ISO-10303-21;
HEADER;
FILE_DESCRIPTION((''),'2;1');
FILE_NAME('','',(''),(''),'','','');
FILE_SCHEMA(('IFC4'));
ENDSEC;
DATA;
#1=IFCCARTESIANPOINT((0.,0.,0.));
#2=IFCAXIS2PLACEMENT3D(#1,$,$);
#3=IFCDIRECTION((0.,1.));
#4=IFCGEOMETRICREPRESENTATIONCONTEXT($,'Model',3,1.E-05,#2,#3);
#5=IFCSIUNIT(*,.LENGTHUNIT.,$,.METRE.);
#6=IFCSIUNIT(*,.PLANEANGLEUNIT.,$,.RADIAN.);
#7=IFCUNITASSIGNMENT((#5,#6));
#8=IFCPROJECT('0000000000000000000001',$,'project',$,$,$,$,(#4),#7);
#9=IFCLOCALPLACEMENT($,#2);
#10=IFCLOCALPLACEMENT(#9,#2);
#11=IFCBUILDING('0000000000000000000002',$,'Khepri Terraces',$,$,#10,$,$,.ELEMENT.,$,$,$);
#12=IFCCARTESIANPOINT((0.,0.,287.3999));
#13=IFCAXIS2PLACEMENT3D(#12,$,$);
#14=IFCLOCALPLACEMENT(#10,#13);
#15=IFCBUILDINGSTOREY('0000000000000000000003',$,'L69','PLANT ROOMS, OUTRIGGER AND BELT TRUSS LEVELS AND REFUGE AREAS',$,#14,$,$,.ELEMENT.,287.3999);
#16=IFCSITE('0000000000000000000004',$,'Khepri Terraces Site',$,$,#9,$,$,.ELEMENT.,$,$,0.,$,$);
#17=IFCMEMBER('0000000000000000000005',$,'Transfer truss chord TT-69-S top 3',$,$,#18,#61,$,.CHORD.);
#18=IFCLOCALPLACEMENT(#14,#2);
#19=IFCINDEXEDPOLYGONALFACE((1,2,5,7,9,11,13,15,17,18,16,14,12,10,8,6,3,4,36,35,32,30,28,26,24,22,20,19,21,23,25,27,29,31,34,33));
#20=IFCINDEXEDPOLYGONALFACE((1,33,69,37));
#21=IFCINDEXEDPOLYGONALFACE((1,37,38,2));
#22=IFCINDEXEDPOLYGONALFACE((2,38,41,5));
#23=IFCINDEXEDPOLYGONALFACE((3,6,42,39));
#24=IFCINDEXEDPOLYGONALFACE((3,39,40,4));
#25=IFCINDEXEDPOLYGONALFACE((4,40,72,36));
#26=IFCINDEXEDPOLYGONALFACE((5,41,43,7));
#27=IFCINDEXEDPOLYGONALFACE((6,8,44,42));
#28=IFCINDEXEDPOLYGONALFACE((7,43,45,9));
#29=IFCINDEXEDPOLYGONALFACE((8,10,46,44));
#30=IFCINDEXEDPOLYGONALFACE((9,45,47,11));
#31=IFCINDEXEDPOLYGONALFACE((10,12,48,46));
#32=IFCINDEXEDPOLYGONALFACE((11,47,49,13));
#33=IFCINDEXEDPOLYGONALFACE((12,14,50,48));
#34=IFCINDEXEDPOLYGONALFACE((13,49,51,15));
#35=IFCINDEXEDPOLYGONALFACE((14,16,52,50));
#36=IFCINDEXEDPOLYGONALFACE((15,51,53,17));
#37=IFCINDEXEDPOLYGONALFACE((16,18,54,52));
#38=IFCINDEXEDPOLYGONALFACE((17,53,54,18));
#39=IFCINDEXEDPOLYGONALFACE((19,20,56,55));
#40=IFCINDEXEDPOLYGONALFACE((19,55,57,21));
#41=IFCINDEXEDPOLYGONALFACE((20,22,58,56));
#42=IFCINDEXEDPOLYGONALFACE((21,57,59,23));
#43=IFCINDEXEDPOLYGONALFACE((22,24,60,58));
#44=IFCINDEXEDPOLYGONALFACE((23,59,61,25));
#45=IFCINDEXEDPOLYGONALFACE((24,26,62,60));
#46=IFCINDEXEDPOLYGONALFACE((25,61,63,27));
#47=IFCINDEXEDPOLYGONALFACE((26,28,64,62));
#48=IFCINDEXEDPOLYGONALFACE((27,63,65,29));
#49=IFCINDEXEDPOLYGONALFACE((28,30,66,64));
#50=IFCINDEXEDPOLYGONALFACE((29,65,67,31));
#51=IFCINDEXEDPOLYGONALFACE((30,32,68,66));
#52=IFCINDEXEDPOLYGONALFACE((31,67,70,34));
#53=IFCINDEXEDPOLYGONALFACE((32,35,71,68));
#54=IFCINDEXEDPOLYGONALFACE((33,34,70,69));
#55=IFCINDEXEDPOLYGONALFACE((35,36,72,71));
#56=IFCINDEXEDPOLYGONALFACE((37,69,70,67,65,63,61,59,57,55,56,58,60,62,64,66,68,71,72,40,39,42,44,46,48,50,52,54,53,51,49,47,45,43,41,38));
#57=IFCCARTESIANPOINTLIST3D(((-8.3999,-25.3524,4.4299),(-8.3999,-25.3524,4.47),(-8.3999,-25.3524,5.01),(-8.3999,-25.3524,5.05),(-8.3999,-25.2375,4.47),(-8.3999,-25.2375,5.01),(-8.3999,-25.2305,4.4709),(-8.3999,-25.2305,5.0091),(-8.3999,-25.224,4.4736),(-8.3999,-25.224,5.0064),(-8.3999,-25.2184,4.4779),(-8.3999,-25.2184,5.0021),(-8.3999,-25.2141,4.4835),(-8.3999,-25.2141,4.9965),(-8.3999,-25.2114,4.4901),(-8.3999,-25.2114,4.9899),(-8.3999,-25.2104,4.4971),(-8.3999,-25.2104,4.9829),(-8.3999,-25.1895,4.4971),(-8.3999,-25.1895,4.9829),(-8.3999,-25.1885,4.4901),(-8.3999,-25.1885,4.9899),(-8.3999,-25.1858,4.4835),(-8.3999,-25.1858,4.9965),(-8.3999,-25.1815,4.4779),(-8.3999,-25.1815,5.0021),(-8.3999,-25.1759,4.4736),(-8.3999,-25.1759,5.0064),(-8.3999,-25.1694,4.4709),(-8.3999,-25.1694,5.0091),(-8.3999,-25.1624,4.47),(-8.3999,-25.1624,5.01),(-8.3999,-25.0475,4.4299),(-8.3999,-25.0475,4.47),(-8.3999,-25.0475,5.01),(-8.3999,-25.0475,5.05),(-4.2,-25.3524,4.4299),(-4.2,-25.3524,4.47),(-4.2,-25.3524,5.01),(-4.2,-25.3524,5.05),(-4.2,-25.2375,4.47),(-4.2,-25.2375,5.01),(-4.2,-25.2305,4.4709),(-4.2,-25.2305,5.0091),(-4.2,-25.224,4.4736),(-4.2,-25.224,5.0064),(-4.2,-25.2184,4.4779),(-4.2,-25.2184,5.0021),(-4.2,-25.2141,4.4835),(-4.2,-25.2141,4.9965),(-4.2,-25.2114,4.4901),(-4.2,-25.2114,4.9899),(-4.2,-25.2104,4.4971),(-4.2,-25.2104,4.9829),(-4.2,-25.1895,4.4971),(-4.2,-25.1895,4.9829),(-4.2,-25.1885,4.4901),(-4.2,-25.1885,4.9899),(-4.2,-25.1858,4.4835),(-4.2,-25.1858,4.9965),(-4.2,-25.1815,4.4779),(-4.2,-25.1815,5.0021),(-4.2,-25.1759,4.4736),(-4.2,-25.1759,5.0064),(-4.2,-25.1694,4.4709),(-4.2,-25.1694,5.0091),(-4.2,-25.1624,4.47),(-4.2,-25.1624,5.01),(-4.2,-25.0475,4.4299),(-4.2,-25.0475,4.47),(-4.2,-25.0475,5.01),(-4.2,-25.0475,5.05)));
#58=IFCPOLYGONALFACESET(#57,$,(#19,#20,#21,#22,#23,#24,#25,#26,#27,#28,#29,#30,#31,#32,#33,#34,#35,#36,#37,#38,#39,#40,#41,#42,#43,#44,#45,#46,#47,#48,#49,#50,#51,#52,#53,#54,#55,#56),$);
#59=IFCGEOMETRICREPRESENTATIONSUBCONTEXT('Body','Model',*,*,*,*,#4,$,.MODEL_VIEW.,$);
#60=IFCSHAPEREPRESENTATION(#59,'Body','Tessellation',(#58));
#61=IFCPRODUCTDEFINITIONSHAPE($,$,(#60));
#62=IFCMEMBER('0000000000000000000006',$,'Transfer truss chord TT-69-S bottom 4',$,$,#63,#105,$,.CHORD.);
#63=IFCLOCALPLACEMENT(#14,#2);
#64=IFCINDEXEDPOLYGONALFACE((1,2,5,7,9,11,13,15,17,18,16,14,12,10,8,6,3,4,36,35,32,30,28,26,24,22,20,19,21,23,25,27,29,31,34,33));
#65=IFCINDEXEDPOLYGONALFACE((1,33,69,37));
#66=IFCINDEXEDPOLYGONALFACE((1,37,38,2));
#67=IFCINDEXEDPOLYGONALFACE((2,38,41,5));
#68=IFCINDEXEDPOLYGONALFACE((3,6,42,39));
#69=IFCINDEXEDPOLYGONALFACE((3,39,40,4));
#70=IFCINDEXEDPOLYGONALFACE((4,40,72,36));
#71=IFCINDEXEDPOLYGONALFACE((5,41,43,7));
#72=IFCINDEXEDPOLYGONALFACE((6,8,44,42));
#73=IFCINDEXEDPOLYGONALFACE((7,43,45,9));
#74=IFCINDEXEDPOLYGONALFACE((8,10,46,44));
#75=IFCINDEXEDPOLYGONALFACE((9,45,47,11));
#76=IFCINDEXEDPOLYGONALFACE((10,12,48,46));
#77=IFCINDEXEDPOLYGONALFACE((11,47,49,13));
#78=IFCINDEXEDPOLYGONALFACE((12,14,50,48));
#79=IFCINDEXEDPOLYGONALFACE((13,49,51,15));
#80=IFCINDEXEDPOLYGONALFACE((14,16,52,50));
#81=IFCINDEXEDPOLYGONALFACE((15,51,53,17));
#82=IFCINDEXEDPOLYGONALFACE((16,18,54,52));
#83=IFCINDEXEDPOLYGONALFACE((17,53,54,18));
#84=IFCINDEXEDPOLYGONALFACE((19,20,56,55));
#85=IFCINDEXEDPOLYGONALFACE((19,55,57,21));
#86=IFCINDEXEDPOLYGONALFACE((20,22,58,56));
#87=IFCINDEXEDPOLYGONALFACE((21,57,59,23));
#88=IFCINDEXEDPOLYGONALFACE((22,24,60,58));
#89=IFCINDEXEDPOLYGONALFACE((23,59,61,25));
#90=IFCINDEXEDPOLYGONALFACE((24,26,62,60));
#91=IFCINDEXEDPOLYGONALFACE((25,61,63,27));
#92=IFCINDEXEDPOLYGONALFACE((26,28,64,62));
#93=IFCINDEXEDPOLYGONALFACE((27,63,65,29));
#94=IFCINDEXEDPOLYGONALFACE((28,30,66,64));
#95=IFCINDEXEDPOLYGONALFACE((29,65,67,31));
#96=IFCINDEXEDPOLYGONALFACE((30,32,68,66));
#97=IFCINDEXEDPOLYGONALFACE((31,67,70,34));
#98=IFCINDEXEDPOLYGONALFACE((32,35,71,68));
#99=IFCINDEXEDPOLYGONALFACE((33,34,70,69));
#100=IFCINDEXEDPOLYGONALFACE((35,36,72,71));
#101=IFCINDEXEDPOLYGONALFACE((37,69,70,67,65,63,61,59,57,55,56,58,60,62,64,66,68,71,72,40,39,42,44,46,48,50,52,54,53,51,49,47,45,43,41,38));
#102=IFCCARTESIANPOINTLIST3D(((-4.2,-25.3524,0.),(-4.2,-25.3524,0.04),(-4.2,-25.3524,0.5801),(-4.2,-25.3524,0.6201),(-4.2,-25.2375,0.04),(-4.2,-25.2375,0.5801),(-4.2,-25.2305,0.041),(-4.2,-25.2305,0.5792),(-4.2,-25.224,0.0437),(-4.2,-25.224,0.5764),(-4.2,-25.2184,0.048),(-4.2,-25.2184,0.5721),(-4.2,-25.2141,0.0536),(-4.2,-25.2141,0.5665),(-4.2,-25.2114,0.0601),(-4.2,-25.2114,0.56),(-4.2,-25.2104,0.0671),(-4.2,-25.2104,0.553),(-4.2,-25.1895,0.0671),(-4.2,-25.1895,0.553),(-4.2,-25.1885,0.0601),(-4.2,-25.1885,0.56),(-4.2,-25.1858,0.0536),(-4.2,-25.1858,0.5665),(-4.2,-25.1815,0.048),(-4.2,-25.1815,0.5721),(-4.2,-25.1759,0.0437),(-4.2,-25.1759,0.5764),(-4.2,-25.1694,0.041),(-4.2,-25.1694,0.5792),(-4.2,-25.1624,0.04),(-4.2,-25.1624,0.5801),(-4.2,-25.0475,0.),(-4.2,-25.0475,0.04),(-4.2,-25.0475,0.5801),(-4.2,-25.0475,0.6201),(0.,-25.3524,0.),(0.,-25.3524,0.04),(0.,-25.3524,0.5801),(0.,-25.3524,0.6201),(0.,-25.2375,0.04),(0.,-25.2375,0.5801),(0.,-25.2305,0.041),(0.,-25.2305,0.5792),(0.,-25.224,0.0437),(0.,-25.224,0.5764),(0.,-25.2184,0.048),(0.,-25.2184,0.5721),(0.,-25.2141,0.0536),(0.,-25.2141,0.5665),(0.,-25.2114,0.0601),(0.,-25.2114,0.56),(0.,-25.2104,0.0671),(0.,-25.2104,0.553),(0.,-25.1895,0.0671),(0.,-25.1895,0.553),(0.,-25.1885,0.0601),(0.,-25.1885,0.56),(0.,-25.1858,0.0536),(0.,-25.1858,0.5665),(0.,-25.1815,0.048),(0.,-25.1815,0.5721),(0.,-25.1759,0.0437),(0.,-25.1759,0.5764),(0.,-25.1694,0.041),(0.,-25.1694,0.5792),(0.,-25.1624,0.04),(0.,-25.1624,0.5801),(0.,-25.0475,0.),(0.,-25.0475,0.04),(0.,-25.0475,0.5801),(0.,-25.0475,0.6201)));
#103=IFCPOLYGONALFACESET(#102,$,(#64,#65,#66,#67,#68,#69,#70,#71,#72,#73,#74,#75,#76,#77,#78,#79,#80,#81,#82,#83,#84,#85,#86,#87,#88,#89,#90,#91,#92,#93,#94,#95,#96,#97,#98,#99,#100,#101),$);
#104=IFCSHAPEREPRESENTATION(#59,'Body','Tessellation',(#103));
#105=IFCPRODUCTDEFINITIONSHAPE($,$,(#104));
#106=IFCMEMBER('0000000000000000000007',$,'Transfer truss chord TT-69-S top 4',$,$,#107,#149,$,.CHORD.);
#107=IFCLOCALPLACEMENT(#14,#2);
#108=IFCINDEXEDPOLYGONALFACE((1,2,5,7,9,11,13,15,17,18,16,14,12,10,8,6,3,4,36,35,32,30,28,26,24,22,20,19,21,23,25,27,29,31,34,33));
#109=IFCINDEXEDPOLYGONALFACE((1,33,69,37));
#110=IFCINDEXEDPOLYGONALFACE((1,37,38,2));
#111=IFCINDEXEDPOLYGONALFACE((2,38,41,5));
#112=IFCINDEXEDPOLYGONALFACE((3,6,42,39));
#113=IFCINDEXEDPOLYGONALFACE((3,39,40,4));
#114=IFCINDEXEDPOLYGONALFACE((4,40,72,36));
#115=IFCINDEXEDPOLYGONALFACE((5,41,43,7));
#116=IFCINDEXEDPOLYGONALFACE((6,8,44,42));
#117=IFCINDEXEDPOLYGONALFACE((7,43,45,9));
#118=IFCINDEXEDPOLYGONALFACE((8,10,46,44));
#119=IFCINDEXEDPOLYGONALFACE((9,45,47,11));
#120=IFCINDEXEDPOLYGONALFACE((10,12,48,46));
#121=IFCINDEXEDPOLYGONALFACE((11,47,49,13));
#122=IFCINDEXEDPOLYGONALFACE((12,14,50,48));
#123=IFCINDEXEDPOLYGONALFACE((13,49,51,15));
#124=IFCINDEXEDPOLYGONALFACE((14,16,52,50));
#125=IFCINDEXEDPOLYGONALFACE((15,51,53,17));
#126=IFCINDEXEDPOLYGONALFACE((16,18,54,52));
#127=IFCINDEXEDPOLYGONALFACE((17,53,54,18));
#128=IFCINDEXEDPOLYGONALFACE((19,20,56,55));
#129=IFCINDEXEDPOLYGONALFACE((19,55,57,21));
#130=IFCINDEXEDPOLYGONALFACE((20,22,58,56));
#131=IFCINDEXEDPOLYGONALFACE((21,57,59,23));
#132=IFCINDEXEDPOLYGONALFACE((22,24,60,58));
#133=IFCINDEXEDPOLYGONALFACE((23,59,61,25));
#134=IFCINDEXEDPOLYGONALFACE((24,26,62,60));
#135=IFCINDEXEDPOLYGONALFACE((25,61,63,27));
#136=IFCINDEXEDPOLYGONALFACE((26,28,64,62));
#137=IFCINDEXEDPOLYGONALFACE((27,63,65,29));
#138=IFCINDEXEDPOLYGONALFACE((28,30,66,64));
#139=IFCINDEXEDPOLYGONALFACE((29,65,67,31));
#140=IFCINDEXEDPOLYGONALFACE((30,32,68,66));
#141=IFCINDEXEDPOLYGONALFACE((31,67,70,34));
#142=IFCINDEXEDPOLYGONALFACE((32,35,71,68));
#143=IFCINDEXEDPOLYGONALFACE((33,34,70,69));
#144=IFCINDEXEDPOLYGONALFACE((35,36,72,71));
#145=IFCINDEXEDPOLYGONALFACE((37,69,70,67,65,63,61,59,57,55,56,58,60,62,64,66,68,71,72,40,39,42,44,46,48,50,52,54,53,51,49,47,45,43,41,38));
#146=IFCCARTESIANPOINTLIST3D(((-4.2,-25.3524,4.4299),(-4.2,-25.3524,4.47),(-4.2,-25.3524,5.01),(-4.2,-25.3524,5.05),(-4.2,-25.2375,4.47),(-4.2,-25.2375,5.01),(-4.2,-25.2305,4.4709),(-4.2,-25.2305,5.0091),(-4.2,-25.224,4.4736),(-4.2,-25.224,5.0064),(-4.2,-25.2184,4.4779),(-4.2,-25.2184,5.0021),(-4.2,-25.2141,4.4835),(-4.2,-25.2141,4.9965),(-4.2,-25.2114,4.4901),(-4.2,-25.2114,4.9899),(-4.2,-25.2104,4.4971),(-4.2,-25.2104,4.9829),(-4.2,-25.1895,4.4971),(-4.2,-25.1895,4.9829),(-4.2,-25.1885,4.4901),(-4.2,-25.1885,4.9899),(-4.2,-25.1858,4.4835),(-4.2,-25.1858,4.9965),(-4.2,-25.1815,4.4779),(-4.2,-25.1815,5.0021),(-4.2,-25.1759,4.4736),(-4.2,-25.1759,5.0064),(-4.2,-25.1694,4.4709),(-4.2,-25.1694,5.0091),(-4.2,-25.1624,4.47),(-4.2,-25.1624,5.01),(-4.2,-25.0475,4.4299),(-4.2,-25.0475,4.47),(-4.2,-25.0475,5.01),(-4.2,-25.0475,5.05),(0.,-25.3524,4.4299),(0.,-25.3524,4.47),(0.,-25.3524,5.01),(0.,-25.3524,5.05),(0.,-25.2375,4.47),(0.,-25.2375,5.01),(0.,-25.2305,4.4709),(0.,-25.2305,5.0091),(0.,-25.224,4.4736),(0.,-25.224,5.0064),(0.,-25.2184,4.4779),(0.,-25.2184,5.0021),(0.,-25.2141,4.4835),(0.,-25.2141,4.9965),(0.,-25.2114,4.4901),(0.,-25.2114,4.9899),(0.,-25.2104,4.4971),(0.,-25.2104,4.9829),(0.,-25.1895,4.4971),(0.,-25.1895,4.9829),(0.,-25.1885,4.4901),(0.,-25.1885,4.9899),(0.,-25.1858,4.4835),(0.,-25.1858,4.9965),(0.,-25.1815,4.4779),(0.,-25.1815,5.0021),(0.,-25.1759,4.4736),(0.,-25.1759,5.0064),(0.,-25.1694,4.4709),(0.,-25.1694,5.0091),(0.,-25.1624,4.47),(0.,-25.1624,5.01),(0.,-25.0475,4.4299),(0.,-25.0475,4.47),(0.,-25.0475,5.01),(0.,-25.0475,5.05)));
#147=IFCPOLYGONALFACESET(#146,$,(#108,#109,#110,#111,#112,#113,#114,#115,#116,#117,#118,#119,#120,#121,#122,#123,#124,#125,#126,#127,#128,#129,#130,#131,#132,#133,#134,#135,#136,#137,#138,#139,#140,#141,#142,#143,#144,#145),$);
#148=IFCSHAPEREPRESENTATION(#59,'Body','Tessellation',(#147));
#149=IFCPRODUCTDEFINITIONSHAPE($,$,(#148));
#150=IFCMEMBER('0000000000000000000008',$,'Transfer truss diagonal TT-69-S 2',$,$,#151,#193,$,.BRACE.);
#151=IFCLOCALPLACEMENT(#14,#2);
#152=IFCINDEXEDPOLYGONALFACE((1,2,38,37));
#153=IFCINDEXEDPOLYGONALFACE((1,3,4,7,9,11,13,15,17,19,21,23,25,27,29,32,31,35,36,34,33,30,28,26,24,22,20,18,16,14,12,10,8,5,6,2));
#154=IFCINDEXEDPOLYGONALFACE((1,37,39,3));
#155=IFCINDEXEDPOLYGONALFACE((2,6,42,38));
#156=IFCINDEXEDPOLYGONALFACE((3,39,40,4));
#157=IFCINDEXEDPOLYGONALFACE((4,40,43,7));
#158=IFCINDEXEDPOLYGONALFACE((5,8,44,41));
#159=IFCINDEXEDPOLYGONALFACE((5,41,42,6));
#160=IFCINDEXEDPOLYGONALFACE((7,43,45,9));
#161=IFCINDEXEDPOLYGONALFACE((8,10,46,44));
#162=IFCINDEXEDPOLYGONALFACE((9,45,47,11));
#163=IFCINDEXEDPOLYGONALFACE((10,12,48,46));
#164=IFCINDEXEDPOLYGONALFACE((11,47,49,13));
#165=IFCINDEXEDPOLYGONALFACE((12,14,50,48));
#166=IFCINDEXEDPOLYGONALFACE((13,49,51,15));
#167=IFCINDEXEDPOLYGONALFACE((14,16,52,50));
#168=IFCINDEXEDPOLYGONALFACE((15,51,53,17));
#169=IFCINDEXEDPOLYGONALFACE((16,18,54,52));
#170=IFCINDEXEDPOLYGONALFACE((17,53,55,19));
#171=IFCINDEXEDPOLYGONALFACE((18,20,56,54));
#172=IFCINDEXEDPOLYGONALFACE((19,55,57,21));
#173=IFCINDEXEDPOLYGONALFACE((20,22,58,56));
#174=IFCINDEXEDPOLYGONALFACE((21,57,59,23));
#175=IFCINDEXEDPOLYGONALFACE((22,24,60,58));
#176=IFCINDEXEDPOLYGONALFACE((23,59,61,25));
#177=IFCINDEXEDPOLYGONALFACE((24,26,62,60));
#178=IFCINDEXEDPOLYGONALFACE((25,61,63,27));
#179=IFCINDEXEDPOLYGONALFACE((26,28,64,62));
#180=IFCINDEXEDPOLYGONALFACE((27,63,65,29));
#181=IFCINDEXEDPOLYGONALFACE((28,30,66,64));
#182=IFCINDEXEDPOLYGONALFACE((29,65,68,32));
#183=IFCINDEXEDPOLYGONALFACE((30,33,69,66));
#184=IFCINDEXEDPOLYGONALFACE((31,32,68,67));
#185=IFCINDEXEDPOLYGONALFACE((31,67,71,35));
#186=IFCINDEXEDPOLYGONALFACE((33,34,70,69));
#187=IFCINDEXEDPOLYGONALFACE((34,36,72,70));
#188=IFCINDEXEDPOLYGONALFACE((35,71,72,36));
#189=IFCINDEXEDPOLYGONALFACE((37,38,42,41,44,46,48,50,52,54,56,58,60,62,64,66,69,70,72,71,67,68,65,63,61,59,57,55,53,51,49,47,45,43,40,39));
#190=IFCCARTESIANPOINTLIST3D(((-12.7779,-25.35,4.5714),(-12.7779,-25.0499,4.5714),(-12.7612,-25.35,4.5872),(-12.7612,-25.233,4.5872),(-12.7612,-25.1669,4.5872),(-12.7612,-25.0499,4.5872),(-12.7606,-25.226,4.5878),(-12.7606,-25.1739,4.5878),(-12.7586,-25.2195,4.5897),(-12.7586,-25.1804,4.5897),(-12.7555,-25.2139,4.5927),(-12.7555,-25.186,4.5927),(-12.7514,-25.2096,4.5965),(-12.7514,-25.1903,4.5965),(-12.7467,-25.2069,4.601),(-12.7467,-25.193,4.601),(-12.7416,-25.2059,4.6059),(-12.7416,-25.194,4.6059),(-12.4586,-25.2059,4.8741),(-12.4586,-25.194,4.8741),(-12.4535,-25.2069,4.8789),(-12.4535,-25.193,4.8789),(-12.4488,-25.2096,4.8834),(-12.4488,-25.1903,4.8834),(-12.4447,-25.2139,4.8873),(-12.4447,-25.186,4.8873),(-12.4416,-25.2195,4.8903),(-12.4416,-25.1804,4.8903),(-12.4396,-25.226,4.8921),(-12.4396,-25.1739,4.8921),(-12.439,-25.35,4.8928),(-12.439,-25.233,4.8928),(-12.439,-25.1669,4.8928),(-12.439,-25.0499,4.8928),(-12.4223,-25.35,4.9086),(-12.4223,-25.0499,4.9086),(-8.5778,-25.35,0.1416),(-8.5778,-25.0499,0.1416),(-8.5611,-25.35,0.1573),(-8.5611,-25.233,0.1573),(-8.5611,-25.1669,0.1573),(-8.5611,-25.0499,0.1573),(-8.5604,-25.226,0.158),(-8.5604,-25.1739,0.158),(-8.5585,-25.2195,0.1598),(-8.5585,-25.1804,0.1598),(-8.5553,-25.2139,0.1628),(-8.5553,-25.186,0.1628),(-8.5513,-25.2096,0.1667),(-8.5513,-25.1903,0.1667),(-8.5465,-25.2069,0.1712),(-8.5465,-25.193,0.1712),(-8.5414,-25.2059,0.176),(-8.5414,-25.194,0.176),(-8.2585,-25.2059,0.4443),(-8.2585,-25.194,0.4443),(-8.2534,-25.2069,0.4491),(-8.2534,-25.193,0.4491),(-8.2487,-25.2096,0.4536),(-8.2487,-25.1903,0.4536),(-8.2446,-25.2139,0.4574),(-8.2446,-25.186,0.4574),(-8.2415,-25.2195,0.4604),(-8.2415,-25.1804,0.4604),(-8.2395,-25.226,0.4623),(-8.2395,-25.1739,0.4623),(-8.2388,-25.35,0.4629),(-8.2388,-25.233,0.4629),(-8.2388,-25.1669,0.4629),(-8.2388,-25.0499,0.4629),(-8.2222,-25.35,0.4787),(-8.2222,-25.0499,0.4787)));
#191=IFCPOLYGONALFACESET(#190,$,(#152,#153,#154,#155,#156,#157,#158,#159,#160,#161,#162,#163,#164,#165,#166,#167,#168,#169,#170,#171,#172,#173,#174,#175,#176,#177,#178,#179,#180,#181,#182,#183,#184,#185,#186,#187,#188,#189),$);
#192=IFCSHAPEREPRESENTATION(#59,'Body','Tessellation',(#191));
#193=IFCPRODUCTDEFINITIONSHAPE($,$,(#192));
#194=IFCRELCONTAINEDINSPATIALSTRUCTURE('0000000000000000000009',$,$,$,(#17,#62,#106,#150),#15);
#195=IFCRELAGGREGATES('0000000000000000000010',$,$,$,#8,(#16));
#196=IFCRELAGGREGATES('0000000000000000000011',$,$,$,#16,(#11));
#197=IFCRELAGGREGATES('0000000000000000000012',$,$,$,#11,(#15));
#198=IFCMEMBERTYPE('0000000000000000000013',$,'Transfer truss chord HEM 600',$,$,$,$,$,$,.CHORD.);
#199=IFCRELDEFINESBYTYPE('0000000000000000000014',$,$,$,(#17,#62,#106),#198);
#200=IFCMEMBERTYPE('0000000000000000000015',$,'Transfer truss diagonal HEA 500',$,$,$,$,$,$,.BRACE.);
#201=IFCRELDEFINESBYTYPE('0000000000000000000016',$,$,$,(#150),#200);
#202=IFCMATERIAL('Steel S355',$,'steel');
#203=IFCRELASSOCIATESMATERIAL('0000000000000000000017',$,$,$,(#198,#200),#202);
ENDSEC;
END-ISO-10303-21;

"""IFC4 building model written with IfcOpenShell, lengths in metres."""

from ifc_helpers import new_model, si_unit, direction, frame, origin, origin_2d, place, context, subcontext, project, spatial, i_section, extrude, material, material_profile, profile_set, type_object, element, save


model = new_model("IFC4")

# Units and contexts
model_context = context("Model", 3, precision=1e-05, world=origin(), true_north=direction((0.0, 1.0)))
body_context = subcontext(model_context, "Body", "Model", "MODEL_VIEW")
ifc_project = project(units=[si_unit("LENGTHUNIT", "METRE"), si_unit("PLANEANGLEUNIT", "RADIAN")], contexts=[model_context])

# Site, building, storey
site_placement = place(None, origin())
site = spatial("IfcSite", under=ifc_project, at=site_placement, Name="Khepri Terraces Site", CompositionType="ELEMENT", RefElevation=0.0)
building_placement = place(site_placement, origin())
building = spatial("IfcBuilding", under=site, at=building_placement, Name="Khepri Terraces", CompositionType="ELEMENT")
storey_placement = place(building_placement, frame((0.0, 0.0, 287.3999)))
storey = spatial("IfcBuildingStorey", under=building, at=storey_placement, Name="L69", Description="PLANT ROOMS, OUTRIGGER AND BELT TRUSS LEVELS AND REFUGE AREAS", CompositionType="ELEMENT", Elevation=287.3999)

# Members
ifc_material_1 = material(Name="Steel S355", Category="steel")
ifc_material_profile_1 = material_profile(ifc_material_1, i_section(OverallWidth=0.3049, OverallDepth=0.6201, WebThickness=0.021, FlangeThickness=0.04, FilletRadius=0.0271, at=origin_2d()), Name="Steel S355", Category="steel")
ifc_profile_set_1 = profile_set([ifc_material_profile_1], Name="Steel S355")
member_type_1 = type_object("IfcMemberType", Name="Transfer truss chord HEM 600", PredefinedType="CHORD", material=ifc_profile_set_1)
for number, where, z_axis, x_axis, name in (
    (1, (-8.3999, -25.2, 4.74), (1.0, 0.0, 0.0), (0.0, 1.0, 0.0), "Transfer truss chord TT-69-S top 3"),
    (2, (-4.2, -25.2, 0.3101), (1.0, 0.0, 0.0), (0.0, 1.0, 0.0), "Transfer truss chord TT-69-S bottom 4"),
    (3, (-4.2, -25.2, 4.74), (1.0, 0.0, 0.0), (0.0, 1.0, 0.0), "Transfer truss chord TT-69-S top 4"),
):
    element("IfcMember", number, at=place(storey_placement, frame(where, z_axis=z_axis, x_axis=x_axis)), inside=storey, type_object=member_type_1, Name=name, PredefinedType="CHORD", context=body_context, shape_type="SweptSolid", body=[
        extrude(i_section(OverallWidth=0.3049, OverallDepth=0.6201, WebThickness=0.021, FlangeThickness=0.04, FilletRadius=0.0271, at=origin_2d()), origin(), (0.0, 0.0, 1.0), 4.2),
    ])
ifc_material_profile_2 = material_profile(ifc_material_1, i_section(OverallWidth=0.3, OverallDepth=0.49, WebThickness=0.012, FlangeThickness=0.0229, FilletRadius=0.0271, at=origin_2d()), Name="Steel S355", Category="steel")
ifc_profile_set_2 = profile_set([ifc_material_profile_2], Name="Steel S355")
member_type_2 = type_object("IfcMemberType", Name="Transfer truss diagonal HEA 500", PredefinedType="BRACE", material=ifc_profile_set_2)
for number, where, z_axis, x_axis, name in (
    (4, (-12.6001, -25.2, 4.74), (0.68804, 0.0, -0.725673), (0.0, 1.0, 0.0), "Transfer truss diagonal TT-69-S 2"),
):
    element("IfcMember", number, at=place(storey_placement, frame(where, z_axis=z_axis, x_axis=x_axis)), inside=storey, type_object=member_type_2, Name=name, PredefinedType="BRACE", context=body_context, shape_type="SweptSolid", body=[
        extrude(i_section(OverallWidth=0.3, OverallDepth=0.49, WebThickness=0.012, FlangeThickness=0.0229, FilletRadius=0.0271, at=origin_2d()), origin(), (0.0, 0.0, 1.0), 6.1045),
    ])

save(model, "model.ifc")
